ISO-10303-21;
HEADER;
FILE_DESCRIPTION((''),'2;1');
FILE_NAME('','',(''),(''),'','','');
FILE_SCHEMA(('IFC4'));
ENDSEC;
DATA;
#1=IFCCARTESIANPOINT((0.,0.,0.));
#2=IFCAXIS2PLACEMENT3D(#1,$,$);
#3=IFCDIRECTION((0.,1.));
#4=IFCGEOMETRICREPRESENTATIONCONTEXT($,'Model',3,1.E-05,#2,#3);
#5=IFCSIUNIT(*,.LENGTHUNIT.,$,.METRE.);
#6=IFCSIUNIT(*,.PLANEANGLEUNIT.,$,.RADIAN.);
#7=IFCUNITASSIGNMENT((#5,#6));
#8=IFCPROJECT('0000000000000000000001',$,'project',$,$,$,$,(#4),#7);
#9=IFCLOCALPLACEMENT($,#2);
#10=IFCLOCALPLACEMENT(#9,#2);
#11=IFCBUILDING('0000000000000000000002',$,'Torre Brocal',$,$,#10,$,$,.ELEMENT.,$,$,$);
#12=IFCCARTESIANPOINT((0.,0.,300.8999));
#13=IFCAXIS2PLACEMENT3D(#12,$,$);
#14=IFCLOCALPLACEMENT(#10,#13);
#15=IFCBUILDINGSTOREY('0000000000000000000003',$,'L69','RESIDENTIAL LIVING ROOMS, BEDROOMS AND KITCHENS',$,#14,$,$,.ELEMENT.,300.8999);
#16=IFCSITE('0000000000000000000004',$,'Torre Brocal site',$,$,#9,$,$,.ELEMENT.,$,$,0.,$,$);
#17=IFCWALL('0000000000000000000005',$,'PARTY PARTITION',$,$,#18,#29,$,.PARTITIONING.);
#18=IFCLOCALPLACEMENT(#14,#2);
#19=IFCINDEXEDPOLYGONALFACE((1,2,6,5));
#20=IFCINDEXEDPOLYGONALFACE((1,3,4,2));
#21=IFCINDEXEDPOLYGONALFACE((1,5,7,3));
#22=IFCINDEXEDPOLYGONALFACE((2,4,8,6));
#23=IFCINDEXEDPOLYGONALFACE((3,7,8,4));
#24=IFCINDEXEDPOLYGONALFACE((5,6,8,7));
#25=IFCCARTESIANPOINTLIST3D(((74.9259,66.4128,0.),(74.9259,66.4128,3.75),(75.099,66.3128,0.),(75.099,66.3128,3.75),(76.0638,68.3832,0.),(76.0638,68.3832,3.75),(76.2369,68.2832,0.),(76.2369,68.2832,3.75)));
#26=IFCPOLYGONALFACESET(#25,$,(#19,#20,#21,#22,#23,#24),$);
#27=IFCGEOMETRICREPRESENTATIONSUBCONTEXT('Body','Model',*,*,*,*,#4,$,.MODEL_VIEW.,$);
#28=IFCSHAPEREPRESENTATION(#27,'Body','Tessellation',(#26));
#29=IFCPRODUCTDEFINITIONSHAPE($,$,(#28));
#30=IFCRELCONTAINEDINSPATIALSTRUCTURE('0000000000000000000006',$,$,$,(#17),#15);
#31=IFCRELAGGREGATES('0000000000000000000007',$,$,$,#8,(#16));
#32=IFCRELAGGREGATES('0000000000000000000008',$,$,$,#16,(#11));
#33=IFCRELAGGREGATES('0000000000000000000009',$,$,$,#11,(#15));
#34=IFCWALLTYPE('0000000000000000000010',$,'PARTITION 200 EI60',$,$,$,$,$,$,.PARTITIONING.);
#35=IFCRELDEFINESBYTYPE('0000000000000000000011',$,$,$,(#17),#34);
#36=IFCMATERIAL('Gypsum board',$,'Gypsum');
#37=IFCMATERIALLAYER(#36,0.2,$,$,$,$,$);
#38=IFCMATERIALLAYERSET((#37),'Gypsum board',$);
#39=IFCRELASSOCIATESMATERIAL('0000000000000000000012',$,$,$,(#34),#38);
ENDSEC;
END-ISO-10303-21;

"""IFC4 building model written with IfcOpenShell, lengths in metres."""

from ifc_helpers import new_model, si_unit, direction, frame, frame_2d, origin, place, context, subcontext, project, spatial, rectangle, extrude, material, layer, layer_set, type_object, element, save


model = new_model("IFC4")

# Units and contexts
model_context = context("Model", 3, precision=1e-05, world=origin(), true_north=direction((0.0, 1.0)))
body_context = subcontext(model_context, "Body", "Model", "MODEL_VIEW")
ifc_project = project(units=[si_unit("LENGTHUNIT", "METRE"), si_unit("PLANEANGLEUNIT", "RADIAN")], contexts=[model_context])

# Site, building, storey
site_placement = place(None, origin())
site = spatial("IfcSite", under=ifc_project, at=site_placement, Name="Torre Brocal site", CompositionType="ELEMENT", RefElevation=0.0)
building_placement = place(site_placement, origin())
building = spatial("IfcBuilding", under=site, at=building_placement, Name="Torre Brocal", CompositionType="ELEMENT")
storey_placement = place(building_placement, frame((0.0, 0.0, 300.8999)))
storey = spatial("IfcBuildingStorey", under=building, at=storey_placement, Name="L69", Description="RESIDENTIAL LIVING ROOMS, BEDROOMS AND KITCHENS", CompositionType="ELEMENT", Elevation=300.8999)

# Shared definitions
ifc_material_1 = material(Name="Gypsum board", Category="Gypsum")
ifc_layer_1 = layer(ifc_material_1, 0.2)
ifc_layer_set_1 = layer_set([ifc_layer_1], Name="Gypsum board")
wall_type_1 = type_object("IfcWallType", Name="PARTITION 200 EI60", PredefinedType="PARTITIONING", material=ifc_layer_set_1)

# Wall
wall_1_placement = place(storey_placement, frame((75.0125, 66.3628, 0.0), z_axis=(0.0, 0.0, 1.0), x_axis=(0.500097, 0.865969, 0.0)))
element("IfcWall", 1, at=wall_1_placement, inside=storey, type_object=wall_type_1, Name="PARTY PARTITION", PredefinedType="PARTITIONING", context=body_context, shape_type="SweptSolid", body=[
    extrude(rectangle(XDim=2.2754, YDim=0.2, at=frame_2d((1.1377, 0.0))), origin(), (0.0, 0.0, 1.0), 3.75),
])

save(model, "model.ifc")
